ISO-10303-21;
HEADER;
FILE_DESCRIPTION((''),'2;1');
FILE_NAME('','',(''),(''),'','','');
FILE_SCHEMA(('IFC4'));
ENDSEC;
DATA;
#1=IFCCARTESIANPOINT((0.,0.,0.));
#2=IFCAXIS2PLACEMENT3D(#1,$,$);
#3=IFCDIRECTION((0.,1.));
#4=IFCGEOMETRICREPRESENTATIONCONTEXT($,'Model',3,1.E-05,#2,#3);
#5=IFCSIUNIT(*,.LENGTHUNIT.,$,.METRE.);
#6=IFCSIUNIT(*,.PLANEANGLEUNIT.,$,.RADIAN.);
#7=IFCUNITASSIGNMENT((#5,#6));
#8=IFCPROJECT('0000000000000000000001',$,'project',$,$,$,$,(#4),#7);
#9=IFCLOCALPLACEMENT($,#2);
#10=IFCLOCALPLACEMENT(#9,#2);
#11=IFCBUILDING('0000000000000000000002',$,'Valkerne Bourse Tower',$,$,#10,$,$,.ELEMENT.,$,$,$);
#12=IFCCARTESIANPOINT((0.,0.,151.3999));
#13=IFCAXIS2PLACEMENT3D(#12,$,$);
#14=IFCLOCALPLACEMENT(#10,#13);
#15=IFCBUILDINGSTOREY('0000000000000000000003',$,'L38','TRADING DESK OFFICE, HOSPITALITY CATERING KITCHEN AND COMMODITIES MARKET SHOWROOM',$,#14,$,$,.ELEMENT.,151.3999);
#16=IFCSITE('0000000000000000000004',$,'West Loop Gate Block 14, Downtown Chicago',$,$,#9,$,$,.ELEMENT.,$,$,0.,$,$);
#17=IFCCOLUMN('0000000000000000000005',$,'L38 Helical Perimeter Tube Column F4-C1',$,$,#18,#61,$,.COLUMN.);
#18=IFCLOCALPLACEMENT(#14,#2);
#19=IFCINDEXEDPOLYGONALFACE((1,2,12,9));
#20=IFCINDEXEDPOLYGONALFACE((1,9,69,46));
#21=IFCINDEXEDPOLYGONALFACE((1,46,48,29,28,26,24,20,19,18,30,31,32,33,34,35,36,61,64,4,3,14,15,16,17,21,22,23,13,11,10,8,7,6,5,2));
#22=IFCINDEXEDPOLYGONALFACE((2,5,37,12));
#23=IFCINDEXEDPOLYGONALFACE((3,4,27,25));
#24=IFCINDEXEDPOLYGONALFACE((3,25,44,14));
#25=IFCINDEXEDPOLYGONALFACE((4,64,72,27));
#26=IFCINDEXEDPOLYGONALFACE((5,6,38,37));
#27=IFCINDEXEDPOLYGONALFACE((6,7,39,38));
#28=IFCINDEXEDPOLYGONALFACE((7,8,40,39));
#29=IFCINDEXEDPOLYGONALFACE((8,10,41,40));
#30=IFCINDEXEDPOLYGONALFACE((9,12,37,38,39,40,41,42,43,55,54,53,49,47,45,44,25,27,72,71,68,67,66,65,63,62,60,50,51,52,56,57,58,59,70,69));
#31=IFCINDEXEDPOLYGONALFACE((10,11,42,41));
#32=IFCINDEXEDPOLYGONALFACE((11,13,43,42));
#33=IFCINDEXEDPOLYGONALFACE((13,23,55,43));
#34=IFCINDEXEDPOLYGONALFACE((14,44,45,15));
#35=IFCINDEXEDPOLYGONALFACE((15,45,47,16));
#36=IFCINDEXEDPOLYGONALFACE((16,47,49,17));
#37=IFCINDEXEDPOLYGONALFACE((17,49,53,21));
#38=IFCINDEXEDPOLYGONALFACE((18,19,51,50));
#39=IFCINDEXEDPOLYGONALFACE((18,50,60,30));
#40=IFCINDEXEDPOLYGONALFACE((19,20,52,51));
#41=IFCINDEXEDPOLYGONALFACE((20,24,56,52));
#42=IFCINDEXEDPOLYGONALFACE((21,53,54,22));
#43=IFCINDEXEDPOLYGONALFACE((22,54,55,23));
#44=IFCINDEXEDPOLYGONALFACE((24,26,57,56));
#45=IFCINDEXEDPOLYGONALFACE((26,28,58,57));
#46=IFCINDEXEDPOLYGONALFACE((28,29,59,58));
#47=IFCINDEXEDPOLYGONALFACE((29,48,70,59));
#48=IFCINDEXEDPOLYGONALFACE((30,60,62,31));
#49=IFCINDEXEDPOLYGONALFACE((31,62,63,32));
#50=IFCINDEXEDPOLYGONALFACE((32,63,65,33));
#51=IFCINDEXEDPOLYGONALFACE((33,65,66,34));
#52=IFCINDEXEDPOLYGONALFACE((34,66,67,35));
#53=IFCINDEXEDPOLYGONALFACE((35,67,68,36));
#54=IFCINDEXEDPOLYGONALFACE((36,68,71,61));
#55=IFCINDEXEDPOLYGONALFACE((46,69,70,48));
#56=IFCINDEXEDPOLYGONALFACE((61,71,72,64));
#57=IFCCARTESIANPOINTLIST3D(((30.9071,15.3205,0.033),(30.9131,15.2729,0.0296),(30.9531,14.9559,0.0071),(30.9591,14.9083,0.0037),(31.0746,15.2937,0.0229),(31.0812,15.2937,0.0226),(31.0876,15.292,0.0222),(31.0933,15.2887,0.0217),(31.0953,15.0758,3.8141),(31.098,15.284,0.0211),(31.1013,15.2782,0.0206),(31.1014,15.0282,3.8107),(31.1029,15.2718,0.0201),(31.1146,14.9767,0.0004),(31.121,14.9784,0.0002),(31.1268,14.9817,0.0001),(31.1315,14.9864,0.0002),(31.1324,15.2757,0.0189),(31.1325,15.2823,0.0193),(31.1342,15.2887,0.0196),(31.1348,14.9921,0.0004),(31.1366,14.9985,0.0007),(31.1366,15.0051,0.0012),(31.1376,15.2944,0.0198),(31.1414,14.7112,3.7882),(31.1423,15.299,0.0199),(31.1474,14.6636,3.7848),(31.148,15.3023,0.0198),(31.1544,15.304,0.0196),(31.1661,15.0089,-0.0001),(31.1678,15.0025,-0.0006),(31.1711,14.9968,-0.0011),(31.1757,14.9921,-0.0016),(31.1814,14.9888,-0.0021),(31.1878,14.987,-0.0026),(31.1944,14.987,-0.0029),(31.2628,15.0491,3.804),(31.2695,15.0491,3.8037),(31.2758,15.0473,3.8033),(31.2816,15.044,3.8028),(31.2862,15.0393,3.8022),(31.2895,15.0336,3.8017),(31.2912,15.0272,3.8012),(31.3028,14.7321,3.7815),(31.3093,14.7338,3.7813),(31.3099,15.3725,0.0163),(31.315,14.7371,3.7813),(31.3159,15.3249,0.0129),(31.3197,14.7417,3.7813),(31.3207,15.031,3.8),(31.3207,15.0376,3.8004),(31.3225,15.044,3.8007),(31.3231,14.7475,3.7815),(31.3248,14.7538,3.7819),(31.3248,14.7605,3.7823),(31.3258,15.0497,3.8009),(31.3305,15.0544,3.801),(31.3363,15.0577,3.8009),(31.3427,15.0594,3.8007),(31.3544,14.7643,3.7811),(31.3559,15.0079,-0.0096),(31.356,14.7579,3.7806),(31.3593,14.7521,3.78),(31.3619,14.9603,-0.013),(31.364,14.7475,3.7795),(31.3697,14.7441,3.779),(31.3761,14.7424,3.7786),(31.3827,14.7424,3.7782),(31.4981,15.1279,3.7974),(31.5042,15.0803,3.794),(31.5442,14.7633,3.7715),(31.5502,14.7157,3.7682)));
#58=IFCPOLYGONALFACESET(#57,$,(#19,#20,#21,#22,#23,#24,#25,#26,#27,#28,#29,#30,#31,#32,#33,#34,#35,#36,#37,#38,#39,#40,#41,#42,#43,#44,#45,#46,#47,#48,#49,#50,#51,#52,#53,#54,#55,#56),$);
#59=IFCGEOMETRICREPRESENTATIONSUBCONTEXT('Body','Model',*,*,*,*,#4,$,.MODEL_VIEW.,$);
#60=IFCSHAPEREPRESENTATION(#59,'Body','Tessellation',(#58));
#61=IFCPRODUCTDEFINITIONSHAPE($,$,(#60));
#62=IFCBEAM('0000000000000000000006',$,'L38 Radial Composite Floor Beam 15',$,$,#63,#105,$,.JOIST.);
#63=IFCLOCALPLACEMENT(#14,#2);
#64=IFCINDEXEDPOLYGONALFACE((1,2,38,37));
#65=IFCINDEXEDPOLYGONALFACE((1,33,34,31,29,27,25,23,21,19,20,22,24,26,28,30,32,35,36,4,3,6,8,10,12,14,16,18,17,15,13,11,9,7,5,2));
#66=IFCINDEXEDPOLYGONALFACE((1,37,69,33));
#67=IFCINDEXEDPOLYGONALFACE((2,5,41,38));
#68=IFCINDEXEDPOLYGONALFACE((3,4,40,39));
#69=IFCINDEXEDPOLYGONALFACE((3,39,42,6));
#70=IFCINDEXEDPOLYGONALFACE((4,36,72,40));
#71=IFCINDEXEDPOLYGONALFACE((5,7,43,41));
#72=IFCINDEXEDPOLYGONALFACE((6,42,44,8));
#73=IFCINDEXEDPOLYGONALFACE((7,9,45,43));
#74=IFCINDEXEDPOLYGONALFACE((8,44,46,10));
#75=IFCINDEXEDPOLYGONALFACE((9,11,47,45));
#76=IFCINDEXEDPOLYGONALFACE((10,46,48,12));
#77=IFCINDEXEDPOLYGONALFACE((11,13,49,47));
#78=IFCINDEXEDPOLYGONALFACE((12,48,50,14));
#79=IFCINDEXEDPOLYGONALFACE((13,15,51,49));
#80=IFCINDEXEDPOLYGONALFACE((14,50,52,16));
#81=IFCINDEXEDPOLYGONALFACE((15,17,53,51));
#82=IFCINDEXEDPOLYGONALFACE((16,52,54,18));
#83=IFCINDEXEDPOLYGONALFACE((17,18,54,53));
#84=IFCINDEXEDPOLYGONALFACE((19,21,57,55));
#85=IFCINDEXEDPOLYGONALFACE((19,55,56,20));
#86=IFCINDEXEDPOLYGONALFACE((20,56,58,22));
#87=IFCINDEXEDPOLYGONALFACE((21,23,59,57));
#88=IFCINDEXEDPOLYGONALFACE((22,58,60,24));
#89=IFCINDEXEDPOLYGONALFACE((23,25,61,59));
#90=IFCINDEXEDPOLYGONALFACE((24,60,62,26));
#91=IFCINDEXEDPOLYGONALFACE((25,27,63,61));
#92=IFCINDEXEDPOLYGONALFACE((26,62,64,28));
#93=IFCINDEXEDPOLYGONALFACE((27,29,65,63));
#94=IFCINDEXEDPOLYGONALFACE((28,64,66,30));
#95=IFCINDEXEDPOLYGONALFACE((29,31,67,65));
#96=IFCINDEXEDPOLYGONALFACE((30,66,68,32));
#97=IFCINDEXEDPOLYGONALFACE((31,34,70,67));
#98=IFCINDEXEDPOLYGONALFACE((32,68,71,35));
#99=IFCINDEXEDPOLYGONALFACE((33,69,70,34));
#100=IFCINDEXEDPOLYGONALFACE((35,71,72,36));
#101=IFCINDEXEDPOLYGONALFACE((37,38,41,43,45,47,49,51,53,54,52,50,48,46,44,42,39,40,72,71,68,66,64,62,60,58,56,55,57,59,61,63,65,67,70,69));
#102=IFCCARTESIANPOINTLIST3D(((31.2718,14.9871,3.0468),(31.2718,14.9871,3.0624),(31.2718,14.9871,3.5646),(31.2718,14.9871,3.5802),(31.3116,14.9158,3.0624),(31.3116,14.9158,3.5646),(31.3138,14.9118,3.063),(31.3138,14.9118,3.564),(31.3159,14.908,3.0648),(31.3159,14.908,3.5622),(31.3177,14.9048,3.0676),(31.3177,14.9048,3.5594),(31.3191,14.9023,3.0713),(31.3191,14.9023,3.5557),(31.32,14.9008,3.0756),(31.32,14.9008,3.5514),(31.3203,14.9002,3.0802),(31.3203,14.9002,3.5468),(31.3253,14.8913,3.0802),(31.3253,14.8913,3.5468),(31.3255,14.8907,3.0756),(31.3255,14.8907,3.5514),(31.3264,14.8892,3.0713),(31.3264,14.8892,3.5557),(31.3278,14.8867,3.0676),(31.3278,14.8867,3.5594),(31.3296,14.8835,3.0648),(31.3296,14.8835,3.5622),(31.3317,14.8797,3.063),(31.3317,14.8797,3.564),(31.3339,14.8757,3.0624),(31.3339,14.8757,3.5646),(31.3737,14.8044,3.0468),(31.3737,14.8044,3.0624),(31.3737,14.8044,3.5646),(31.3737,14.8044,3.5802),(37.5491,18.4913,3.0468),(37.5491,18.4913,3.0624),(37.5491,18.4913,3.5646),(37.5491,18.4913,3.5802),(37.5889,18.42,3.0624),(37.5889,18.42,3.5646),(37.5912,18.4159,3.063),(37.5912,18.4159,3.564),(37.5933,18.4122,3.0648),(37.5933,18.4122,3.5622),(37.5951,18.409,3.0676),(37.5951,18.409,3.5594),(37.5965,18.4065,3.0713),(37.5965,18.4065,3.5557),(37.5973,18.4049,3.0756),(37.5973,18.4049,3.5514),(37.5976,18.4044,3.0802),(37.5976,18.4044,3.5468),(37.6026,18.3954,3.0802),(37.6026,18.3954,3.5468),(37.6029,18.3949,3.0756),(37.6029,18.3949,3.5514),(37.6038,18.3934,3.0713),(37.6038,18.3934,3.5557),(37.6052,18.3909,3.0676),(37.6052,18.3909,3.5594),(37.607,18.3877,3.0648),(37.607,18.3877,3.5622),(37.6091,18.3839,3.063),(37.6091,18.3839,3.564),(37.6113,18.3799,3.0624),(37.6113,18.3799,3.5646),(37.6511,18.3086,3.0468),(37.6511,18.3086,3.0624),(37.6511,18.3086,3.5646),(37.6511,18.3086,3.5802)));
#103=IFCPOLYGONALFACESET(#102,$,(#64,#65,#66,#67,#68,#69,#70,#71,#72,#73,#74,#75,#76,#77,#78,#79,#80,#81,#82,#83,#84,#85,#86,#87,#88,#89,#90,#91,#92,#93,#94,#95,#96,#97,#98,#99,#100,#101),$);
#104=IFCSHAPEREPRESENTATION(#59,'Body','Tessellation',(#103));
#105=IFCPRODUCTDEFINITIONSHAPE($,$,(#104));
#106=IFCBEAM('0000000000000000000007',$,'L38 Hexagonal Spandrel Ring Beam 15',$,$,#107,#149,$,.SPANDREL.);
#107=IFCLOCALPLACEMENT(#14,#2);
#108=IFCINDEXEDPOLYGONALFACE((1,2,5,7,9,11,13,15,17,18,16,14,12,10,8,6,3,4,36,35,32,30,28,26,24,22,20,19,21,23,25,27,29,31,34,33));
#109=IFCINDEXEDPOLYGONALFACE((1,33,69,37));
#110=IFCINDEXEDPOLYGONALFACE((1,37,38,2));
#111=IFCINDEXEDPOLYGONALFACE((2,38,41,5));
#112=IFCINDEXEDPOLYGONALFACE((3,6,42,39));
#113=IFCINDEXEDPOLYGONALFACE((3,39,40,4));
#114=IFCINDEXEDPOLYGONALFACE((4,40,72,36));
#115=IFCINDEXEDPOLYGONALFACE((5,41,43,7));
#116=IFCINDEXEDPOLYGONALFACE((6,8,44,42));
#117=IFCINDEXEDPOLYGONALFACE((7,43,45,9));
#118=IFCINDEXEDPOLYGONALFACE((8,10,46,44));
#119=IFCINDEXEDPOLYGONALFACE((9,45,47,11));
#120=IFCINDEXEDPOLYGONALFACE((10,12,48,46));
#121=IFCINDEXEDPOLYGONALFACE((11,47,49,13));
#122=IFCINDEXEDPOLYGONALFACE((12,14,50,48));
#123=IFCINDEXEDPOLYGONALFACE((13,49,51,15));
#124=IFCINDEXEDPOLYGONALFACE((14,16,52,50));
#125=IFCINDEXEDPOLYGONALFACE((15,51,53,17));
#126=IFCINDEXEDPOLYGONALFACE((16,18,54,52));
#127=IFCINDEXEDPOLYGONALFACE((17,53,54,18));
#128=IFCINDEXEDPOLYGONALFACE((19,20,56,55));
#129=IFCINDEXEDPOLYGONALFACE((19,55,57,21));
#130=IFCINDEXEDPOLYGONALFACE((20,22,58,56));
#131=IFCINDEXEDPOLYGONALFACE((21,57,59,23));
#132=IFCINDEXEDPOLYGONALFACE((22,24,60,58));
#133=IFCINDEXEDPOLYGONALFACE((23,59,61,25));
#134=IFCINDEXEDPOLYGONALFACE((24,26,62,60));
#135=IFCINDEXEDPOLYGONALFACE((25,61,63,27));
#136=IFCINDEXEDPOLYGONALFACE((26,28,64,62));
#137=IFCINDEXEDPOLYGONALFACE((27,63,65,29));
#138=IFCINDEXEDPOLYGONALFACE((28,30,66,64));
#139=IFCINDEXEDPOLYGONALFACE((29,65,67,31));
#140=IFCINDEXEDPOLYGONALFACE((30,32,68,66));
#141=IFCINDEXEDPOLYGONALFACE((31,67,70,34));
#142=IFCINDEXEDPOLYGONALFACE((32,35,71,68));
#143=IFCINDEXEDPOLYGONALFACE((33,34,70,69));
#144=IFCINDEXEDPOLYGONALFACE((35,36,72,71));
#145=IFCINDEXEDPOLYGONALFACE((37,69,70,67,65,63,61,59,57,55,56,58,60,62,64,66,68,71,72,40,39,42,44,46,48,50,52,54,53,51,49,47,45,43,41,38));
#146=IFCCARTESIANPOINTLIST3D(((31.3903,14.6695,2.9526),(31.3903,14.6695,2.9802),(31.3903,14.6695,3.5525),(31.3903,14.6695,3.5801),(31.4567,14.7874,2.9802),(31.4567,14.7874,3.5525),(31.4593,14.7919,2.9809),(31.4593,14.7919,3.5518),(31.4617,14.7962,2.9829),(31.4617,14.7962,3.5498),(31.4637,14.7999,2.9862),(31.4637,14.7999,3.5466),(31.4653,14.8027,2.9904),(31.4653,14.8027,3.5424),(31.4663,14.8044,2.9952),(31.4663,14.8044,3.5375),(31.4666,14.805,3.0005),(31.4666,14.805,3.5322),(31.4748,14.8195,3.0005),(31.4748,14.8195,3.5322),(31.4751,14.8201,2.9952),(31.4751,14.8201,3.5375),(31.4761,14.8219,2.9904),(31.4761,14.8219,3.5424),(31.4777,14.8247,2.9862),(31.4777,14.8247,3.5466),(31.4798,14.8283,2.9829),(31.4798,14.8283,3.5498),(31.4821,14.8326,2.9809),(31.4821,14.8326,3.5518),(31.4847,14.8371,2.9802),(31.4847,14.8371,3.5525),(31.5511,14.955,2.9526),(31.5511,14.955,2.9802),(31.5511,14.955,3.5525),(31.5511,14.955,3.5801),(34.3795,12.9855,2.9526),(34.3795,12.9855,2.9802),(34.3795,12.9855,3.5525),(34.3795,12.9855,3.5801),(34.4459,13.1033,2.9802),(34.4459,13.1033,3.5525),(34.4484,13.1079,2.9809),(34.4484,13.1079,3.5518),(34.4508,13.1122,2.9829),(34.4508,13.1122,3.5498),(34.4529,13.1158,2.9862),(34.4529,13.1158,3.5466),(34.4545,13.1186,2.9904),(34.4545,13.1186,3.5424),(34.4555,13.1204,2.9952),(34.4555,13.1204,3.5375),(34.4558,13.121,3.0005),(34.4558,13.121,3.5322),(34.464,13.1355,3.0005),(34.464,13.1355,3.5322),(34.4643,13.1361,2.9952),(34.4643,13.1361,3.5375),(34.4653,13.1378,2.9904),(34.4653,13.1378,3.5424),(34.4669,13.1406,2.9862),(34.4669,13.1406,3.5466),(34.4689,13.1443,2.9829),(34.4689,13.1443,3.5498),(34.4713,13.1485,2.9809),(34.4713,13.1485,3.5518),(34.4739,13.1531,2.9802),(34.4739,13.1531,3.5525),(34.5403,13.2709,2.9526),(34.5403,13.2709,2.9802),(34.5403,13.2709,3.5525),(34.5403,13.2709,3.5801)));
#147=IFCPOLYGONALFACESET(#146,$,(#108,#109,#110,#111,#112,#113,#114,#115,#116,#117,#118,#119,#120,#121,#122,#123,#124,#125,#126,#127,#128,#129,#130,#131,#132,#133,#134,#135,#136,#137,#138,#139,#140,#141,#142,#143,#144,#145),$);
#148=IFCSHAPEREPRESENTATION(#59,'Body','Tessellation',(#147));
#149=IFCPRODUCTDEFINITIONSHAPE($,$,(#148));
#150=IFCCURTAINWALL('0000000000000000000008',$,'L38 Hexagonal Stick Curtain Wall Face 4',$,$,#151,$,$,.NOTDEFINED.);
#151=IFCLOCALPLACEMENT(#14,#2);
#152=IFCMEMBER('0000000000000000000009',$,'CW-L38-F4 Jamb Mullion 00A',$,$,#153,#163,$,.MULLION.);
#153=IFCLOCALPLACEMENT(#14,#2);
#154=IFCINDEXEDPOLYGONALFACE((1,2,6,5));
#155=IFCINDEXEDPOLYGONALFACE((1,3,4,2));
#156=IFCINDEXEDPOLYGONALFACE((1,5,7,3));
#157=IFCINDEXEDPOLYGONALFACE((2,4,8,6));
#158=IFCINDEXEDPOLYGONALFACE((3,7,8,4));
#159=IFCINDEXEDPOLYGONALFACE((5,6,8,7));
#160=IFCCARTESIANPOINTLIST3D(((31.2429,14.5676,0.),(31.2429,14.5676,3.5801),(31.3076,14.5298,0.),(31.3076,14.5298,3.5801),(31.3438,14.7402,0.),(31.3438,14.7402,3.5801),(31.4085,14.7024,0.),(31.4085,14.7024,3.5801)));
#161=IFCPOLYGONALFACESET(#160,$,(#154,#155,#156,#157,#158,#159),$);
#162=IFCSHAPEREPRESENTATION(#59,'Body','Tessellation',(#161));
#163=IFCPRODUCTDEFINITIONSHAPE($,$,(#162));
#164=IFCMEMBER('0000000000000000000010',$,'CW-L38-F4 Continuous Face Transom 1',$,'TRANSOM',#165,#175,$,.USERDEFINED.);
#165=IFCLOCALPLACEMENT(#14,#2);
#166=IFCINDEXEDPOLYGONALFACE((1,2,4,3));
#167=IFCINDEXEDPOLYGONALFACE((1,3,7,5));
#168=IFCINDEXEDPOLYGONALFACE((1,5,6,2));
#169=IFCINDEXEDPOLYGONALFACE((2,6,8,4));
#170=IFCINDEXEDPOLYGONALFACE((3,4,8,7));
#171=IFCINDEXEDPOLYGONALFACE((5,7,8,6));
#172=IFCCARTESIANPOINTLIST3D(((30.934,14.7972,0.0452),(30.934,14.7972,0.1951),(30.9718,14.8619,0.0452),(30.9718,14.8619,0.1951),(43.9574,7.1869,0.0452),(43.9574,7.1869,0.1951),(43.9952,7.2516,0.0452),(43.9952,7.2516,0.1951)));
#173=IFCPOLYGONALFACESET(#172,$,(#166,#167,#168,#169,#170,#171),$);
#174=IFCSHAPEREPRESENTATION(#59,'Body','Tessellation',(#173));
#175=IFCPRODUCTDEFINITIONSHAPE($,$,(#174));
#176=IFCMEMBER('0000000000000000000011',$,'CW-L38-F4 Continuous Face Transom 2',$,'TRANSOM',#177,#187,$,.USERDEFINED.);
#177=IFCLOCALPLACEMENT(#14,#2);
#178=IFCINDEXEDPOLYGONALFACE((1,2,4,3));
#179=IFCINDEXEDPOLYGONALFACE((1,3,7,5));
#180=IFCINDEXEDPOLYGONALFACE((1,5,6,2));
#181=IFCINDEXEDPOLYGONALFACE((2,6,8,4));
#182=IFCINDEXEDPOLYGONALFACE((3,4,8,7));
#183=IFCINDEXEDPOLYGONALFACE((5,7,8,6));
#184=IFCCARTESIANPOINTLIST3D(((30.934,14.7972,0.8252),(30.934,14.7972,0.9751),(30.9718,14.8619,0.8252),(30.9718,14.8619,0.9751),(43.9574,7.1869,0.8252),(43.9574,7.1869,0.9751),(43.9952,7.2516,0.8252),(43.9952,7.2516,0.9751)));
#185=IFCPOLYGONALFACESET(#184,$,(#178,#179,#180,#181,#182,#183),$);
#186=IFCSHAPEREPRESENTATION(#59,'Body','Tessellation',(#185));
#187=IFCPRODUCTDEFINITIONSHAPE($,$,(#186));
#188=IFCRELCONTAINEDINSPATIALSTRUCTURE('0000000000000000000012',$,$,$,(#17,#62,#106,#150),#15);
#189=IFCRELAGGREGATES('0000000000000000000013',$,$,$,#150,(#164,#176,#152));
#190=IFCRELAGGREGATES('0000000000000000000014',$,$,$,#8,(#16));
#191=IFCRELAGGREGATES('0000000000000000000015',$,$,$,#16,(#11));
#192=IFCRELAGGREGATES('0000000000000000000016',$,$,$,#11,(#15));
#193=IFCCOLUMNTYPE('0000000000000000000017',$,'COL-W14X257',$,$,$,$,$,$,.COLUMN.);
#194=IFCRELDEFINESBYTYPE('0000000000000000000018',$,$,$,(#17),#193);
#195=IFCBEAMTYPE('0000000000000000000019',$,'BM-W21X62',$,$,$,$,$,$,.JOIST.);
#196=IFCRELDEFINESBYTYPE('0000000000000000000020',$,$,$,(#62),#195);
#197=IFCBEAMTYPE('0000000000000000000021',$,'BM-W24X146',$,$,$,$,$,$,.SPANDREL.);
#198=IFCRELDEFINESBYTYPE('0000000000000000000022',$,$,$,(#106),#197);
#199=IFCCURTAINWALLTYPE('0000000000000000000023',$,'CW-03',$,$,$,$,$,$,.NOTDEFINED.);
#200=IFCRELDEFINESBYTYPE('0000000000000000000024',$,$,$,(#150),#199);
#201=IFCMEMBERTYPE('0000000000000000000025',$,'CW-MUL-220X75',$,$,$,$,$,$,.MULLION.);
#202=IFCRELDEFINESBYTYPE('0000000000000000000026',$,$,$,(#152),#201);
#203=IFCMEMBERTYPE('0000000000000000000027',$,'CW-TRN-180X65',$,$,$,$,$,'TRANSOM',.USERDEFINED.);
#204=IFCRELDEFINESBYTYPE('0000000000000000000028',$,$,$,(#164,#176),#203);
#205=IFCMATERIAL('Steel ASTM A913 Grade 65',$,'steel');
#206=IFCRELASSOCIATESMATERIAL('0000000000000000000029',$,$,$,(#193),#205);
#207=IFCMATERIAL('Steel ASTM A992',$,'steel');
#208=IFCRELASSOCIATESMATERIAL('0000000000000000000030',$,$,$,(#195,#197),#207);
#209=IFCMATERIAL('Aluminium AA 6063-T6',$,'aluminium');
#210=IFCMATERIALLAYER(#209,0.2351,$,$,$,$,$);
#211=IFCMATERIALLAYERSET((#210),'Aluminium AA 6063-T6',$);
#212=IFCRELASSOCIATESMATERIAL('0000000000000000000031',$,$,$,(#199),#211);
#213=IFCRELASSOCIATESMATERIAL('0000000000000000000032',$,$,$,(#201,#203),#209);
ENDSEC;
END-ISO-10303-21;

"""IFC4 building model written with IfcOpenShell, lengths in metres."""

from ifc_helpers import new_model, si_unit, direction, frame, origin, origin_2d, place, context, subcontext, project, spatial, rectangle, i_section, extrude, material, layer, layer_set, material_profile, profile_set, type_object, element, aggregate, save


model = new_model("IFC4")

# Units and contexts
model_context = context("Model", 3, precision=1e-05, world=origin(), true_north=direction((0.0, 1.0)))
body_context = subcontext(model_context, "Body", "Model", "MODEL_VIEW")
ifc_project = project(units=[si_unit("LENGTHUNIT", "METRE"), si_unit("PLANEANGLEUNIT", "RADIAN")], contexts=[model_context])

# Site, building, storey
site_placement = place(None, origin())
site = spatial("IfcSite", under=ifc_project, at=site_placement, Name="West Loop Gate Block 14, Downtown Chicago", CompositionType="ELEMENT", RefElevation=0.0)
building_placement = place(site_placement, origin())
building = spatial("IfcBuilding", under=site, at=building_placement, Name="Valkerne Bourse Tower", CompositionType="ELEMENT")
storey_placement = place(building_placement, frame((0.0, 0.0, 151.3999)))
storey = spatial("IfcBuildingStorey", under=building, at=storey_placement, Name="L38", Description="TRADING DESK OFFICE, HOSPITALITY CATERING KITCHEN AND COMMODITIES MARKET SHOWROOM", CompositionType="ELEMENT", Elevation=151.3999)

# Column
ifc_material_1 = material(Name="Steel ASTM A913 Grade 65", Category="steel")
ifc_material_profile_1 = material_profile(ifc_material_1, i_section(OverallWidth=0.4065, OverallDepth=0.4165, WebThickness=0.0298, FlangeThickness=0.0481, FilletRadius=0.0254, at=origin_2d()), Name="W14X257")
ifc_profile_set_1 = profile_set([ifc_material_profile_1], Name="Steel ASTM A913 Grade 65")
column_type = type_object("IfcColumnType", Name="COL-W14X257", PredefinedType="COLUMN", material=ifc_profile_set_1)
column_placement = place(storey_placement, frame((31.1345, 15.1404, 0.01), z_axis=(0.049619, -0.064485, 0.996684), x_axis=(0.990925, 0.12799, -0.041051)))
element("IfcColumn", 1, at=column_placement, inside=storey, type_object=column_type, Name="L38 Helical Perimeter Tube Column F4-C1", PredefinedType="COLUMN", context=body_context, shape_type="SweptSolid", body=[
    extrude(i_section(OverallWidth=0.4065, OverallDepth=0.4165, WebThickness=0.0298, FlangeThickness=0.0481, FilletRadius=0.0254, at=origin_2d()), origin(), (0.0, 0.0, 1.0), 3.7937),
])

# Beams
ifc_material_2 = material(Name="Steel ASTM A992", Category="steel")
ifc_material_profile_2 = material_profile(ifc_material_2, i_section(OverallWidth=0.2092, OverallDepth=0.5334, WebThickness=0.0103, FlangeThickness=0.0156, FilletRadius=0.0178, at=origin_2d()), Name="W21X62")
ifc_profile_set_2 = profile_set([ifc_material_profile_2], Name="Steel ASTM A992")
beam_type_1 = type_object("IfcBeamType", Name="BM-W21X62", PredefinedType="JOIST", material=ifc_profile_set_2)
beam_1_placement = place(storey_placement, frame((31.3228, 14.8958, 3.3135), z_axis=(0.873167, 0.487421, 0.0), x_axis=(-0.487421, 0.873167, 0.0)))
element("IfcBeam", 2, at=beam_1_placement, inside=storey, type_object=beam_type_1, Name="L38 Radial Composite Floor Beam 15", PredefinedType="JOIST", context=body_context, shape_type="SweptSolid", body=[
    extrude(i_section(OverallWidth=0.2092, OverallDepth=0.5334, WebThickness=0.0103, FlangeThickness=0.0156, FilletRadius=0.0178, at=origin_2d()), origin(), (0.0, 0.0, 1.0), 7.1892),
])
ifc_material_profile_3 = material_profile(ifc_material_2, i_section(OverallWidth=0.3276, OverallDepth=0.6274, WebThickness=0.0166, FlangeThickness=0.0276, FilletRadius=0.0203, at=origin_2d()), Name="W24X146")
ifc_profile_set_3 = profile_set([ifc_material_profile_3], Name="Steel ASTM A992")
beam_type_2 = type_object("IfcBeamType", Name="BM-W24X146", PredefinedType="SPANDREL", material=ifc_profile_set_3)
beam_2_placement = place(storey_placement, frame((31.4707, 14.8123, 3.2664), z_axis=(0.871248, -0.490842, 0.0), x_axis=(0.490842, 0.871248, 0.0)))
element("IfcBeam", 3, at=beam_2_placement, inside=storey, type_object=beam_type_2, Name="L38 Hexagonal Spandrel Ring Beam 15", PredefinedType="SPANDREL", context=body_context, shape_type="SweptSolid", body=[
    extrude(i_section(OverallWidth=0.3276, OverallDepth=0.6274, WebThickness=0.0166, FlangeThickness=0.0276, FilletRadius=0.0203, at=origin_2d()), origin(), (0.0, 0.0, 1.0), 3.4309),
])

# Curtain wall, members
ifc_material_3 = material(Name="Aluminium AA 6063-T6", Category="aluminium")
ifc_layer_1 = layer(ifc_material_3, 0.2351)
ifc_layer_set_1 = layer_set([ifc_layer_1], Name="Aluminium AA 6063-T6")
curtain_wall_type = type_object("IfcCurtainWallType", Name="CW-03", PredefinedType="NOTDEFINED", material=ifc_layer_set_1)
curtain_wall_placement = place(storey_placement, origin())
curtain_wall = element("IfcCurtainWall", 4, at=curtain_wall_placement, inside=storey, type_object=curtain_wall_type, Name="L38 Hexagonal Stick Curtain Wall Face 4", PredefinedType="NOTDEFINED")
ifc_material_profile_4 = material_profile(ifc_material_3, rectangle(XDim=0.075, YDim=0.2, at=origin_2d()), Name="CWM-75X200")
ifc_profile_set_4 = profile_set([ifc_material_profile_4], Name="Aluminium AA 6063-T6")
member_type_1 = type_object("IfcMemberType", Name="CW-MUL-220X75", PredefinedType="MULLION", material=ifc_profile_set_4)
member_1_placement = place(storey_placement, frame((31.3257, 14.635, 0.0), z_axis=(0.0, 0.0, 1.0), x_axis=(0.863395, -0.504529, 0.0)))
member_1 = element("IfcMember", 5, at=member_1_placement, type_object=member_type_1, Name="CW-L38-F4 Jamb Mullion 00A", PredefinedType="MULLION", context=body_context, shape_type="SweptSolid", body=[
    extrude(rectangle(XDim=0.075, YDim=0.2, at=origin_2d()), origin(), (0.0, 0.0, 1.0), 3.5801),
])
ifc_material_profile_5 = material_profile(ifc_material_3, rectangle(XDim=0.075, YDim=0.1499, at=origin_2d()), Name="CWT-75X150")
ifc_profile_set_5 = profile_set([ifc_material_profile_5], Name="Aluminium AA 6063-T6")
member_type_2 = type_object("IfcMemberType", Name="CW-TRN-180X65", ElementType="TRANSOM", PredefinedType="USERDEFINED", material=ifc_profile_set_5)
member_2_placement = place(storey_placement, frame((30.9529, 14.8296, 0.1201), z_axis=(0.863394, -0.504531, 0.0), x_axis=(0.504531, 0.863394, 0.0)))
member_2 = element("IfcMember", 6, at=member_2_placement, type_object=member_type_2, Name="CW-L38-F4 Continuous Face Transom 1", ObjectType="TRANSOM", PredefinedType="USERDEFINED", context=body_context, shape_type="SweptSolid", body=[
    extrude(rectangle(XDim=0.075, YDim=0.1499, at=origin_2d()), origin(), (0.0, 0.0, 1.0), 15.084),
])
member_3_placement = place(storey_placement, frame((30.9529, 14.8296, 0.9001), z_axis=(0.863394, -0.504531, 0.0), x_axis=(0.504531, 0.863394, 0.0)))
member_3 = element("IfcMember", 7, at=member_3_placement, type_object=member_type_2, Name="CW-L38-F4 Continuous Face Transom 2", ObjectType="TRANSOM", PredefinedType="USERDEFINED", context=body_context, shape_type="SweptSolid", body=[
    extrude(rectangle(XDim=0.075, YDim=0.1499, at=origin_2d()), origin(), (0.0, 0.0, 1.0), 15.084),
])

aggregate(curtain_wall, [member_2, member_3, member_1])

save(model, "model.ifc")
